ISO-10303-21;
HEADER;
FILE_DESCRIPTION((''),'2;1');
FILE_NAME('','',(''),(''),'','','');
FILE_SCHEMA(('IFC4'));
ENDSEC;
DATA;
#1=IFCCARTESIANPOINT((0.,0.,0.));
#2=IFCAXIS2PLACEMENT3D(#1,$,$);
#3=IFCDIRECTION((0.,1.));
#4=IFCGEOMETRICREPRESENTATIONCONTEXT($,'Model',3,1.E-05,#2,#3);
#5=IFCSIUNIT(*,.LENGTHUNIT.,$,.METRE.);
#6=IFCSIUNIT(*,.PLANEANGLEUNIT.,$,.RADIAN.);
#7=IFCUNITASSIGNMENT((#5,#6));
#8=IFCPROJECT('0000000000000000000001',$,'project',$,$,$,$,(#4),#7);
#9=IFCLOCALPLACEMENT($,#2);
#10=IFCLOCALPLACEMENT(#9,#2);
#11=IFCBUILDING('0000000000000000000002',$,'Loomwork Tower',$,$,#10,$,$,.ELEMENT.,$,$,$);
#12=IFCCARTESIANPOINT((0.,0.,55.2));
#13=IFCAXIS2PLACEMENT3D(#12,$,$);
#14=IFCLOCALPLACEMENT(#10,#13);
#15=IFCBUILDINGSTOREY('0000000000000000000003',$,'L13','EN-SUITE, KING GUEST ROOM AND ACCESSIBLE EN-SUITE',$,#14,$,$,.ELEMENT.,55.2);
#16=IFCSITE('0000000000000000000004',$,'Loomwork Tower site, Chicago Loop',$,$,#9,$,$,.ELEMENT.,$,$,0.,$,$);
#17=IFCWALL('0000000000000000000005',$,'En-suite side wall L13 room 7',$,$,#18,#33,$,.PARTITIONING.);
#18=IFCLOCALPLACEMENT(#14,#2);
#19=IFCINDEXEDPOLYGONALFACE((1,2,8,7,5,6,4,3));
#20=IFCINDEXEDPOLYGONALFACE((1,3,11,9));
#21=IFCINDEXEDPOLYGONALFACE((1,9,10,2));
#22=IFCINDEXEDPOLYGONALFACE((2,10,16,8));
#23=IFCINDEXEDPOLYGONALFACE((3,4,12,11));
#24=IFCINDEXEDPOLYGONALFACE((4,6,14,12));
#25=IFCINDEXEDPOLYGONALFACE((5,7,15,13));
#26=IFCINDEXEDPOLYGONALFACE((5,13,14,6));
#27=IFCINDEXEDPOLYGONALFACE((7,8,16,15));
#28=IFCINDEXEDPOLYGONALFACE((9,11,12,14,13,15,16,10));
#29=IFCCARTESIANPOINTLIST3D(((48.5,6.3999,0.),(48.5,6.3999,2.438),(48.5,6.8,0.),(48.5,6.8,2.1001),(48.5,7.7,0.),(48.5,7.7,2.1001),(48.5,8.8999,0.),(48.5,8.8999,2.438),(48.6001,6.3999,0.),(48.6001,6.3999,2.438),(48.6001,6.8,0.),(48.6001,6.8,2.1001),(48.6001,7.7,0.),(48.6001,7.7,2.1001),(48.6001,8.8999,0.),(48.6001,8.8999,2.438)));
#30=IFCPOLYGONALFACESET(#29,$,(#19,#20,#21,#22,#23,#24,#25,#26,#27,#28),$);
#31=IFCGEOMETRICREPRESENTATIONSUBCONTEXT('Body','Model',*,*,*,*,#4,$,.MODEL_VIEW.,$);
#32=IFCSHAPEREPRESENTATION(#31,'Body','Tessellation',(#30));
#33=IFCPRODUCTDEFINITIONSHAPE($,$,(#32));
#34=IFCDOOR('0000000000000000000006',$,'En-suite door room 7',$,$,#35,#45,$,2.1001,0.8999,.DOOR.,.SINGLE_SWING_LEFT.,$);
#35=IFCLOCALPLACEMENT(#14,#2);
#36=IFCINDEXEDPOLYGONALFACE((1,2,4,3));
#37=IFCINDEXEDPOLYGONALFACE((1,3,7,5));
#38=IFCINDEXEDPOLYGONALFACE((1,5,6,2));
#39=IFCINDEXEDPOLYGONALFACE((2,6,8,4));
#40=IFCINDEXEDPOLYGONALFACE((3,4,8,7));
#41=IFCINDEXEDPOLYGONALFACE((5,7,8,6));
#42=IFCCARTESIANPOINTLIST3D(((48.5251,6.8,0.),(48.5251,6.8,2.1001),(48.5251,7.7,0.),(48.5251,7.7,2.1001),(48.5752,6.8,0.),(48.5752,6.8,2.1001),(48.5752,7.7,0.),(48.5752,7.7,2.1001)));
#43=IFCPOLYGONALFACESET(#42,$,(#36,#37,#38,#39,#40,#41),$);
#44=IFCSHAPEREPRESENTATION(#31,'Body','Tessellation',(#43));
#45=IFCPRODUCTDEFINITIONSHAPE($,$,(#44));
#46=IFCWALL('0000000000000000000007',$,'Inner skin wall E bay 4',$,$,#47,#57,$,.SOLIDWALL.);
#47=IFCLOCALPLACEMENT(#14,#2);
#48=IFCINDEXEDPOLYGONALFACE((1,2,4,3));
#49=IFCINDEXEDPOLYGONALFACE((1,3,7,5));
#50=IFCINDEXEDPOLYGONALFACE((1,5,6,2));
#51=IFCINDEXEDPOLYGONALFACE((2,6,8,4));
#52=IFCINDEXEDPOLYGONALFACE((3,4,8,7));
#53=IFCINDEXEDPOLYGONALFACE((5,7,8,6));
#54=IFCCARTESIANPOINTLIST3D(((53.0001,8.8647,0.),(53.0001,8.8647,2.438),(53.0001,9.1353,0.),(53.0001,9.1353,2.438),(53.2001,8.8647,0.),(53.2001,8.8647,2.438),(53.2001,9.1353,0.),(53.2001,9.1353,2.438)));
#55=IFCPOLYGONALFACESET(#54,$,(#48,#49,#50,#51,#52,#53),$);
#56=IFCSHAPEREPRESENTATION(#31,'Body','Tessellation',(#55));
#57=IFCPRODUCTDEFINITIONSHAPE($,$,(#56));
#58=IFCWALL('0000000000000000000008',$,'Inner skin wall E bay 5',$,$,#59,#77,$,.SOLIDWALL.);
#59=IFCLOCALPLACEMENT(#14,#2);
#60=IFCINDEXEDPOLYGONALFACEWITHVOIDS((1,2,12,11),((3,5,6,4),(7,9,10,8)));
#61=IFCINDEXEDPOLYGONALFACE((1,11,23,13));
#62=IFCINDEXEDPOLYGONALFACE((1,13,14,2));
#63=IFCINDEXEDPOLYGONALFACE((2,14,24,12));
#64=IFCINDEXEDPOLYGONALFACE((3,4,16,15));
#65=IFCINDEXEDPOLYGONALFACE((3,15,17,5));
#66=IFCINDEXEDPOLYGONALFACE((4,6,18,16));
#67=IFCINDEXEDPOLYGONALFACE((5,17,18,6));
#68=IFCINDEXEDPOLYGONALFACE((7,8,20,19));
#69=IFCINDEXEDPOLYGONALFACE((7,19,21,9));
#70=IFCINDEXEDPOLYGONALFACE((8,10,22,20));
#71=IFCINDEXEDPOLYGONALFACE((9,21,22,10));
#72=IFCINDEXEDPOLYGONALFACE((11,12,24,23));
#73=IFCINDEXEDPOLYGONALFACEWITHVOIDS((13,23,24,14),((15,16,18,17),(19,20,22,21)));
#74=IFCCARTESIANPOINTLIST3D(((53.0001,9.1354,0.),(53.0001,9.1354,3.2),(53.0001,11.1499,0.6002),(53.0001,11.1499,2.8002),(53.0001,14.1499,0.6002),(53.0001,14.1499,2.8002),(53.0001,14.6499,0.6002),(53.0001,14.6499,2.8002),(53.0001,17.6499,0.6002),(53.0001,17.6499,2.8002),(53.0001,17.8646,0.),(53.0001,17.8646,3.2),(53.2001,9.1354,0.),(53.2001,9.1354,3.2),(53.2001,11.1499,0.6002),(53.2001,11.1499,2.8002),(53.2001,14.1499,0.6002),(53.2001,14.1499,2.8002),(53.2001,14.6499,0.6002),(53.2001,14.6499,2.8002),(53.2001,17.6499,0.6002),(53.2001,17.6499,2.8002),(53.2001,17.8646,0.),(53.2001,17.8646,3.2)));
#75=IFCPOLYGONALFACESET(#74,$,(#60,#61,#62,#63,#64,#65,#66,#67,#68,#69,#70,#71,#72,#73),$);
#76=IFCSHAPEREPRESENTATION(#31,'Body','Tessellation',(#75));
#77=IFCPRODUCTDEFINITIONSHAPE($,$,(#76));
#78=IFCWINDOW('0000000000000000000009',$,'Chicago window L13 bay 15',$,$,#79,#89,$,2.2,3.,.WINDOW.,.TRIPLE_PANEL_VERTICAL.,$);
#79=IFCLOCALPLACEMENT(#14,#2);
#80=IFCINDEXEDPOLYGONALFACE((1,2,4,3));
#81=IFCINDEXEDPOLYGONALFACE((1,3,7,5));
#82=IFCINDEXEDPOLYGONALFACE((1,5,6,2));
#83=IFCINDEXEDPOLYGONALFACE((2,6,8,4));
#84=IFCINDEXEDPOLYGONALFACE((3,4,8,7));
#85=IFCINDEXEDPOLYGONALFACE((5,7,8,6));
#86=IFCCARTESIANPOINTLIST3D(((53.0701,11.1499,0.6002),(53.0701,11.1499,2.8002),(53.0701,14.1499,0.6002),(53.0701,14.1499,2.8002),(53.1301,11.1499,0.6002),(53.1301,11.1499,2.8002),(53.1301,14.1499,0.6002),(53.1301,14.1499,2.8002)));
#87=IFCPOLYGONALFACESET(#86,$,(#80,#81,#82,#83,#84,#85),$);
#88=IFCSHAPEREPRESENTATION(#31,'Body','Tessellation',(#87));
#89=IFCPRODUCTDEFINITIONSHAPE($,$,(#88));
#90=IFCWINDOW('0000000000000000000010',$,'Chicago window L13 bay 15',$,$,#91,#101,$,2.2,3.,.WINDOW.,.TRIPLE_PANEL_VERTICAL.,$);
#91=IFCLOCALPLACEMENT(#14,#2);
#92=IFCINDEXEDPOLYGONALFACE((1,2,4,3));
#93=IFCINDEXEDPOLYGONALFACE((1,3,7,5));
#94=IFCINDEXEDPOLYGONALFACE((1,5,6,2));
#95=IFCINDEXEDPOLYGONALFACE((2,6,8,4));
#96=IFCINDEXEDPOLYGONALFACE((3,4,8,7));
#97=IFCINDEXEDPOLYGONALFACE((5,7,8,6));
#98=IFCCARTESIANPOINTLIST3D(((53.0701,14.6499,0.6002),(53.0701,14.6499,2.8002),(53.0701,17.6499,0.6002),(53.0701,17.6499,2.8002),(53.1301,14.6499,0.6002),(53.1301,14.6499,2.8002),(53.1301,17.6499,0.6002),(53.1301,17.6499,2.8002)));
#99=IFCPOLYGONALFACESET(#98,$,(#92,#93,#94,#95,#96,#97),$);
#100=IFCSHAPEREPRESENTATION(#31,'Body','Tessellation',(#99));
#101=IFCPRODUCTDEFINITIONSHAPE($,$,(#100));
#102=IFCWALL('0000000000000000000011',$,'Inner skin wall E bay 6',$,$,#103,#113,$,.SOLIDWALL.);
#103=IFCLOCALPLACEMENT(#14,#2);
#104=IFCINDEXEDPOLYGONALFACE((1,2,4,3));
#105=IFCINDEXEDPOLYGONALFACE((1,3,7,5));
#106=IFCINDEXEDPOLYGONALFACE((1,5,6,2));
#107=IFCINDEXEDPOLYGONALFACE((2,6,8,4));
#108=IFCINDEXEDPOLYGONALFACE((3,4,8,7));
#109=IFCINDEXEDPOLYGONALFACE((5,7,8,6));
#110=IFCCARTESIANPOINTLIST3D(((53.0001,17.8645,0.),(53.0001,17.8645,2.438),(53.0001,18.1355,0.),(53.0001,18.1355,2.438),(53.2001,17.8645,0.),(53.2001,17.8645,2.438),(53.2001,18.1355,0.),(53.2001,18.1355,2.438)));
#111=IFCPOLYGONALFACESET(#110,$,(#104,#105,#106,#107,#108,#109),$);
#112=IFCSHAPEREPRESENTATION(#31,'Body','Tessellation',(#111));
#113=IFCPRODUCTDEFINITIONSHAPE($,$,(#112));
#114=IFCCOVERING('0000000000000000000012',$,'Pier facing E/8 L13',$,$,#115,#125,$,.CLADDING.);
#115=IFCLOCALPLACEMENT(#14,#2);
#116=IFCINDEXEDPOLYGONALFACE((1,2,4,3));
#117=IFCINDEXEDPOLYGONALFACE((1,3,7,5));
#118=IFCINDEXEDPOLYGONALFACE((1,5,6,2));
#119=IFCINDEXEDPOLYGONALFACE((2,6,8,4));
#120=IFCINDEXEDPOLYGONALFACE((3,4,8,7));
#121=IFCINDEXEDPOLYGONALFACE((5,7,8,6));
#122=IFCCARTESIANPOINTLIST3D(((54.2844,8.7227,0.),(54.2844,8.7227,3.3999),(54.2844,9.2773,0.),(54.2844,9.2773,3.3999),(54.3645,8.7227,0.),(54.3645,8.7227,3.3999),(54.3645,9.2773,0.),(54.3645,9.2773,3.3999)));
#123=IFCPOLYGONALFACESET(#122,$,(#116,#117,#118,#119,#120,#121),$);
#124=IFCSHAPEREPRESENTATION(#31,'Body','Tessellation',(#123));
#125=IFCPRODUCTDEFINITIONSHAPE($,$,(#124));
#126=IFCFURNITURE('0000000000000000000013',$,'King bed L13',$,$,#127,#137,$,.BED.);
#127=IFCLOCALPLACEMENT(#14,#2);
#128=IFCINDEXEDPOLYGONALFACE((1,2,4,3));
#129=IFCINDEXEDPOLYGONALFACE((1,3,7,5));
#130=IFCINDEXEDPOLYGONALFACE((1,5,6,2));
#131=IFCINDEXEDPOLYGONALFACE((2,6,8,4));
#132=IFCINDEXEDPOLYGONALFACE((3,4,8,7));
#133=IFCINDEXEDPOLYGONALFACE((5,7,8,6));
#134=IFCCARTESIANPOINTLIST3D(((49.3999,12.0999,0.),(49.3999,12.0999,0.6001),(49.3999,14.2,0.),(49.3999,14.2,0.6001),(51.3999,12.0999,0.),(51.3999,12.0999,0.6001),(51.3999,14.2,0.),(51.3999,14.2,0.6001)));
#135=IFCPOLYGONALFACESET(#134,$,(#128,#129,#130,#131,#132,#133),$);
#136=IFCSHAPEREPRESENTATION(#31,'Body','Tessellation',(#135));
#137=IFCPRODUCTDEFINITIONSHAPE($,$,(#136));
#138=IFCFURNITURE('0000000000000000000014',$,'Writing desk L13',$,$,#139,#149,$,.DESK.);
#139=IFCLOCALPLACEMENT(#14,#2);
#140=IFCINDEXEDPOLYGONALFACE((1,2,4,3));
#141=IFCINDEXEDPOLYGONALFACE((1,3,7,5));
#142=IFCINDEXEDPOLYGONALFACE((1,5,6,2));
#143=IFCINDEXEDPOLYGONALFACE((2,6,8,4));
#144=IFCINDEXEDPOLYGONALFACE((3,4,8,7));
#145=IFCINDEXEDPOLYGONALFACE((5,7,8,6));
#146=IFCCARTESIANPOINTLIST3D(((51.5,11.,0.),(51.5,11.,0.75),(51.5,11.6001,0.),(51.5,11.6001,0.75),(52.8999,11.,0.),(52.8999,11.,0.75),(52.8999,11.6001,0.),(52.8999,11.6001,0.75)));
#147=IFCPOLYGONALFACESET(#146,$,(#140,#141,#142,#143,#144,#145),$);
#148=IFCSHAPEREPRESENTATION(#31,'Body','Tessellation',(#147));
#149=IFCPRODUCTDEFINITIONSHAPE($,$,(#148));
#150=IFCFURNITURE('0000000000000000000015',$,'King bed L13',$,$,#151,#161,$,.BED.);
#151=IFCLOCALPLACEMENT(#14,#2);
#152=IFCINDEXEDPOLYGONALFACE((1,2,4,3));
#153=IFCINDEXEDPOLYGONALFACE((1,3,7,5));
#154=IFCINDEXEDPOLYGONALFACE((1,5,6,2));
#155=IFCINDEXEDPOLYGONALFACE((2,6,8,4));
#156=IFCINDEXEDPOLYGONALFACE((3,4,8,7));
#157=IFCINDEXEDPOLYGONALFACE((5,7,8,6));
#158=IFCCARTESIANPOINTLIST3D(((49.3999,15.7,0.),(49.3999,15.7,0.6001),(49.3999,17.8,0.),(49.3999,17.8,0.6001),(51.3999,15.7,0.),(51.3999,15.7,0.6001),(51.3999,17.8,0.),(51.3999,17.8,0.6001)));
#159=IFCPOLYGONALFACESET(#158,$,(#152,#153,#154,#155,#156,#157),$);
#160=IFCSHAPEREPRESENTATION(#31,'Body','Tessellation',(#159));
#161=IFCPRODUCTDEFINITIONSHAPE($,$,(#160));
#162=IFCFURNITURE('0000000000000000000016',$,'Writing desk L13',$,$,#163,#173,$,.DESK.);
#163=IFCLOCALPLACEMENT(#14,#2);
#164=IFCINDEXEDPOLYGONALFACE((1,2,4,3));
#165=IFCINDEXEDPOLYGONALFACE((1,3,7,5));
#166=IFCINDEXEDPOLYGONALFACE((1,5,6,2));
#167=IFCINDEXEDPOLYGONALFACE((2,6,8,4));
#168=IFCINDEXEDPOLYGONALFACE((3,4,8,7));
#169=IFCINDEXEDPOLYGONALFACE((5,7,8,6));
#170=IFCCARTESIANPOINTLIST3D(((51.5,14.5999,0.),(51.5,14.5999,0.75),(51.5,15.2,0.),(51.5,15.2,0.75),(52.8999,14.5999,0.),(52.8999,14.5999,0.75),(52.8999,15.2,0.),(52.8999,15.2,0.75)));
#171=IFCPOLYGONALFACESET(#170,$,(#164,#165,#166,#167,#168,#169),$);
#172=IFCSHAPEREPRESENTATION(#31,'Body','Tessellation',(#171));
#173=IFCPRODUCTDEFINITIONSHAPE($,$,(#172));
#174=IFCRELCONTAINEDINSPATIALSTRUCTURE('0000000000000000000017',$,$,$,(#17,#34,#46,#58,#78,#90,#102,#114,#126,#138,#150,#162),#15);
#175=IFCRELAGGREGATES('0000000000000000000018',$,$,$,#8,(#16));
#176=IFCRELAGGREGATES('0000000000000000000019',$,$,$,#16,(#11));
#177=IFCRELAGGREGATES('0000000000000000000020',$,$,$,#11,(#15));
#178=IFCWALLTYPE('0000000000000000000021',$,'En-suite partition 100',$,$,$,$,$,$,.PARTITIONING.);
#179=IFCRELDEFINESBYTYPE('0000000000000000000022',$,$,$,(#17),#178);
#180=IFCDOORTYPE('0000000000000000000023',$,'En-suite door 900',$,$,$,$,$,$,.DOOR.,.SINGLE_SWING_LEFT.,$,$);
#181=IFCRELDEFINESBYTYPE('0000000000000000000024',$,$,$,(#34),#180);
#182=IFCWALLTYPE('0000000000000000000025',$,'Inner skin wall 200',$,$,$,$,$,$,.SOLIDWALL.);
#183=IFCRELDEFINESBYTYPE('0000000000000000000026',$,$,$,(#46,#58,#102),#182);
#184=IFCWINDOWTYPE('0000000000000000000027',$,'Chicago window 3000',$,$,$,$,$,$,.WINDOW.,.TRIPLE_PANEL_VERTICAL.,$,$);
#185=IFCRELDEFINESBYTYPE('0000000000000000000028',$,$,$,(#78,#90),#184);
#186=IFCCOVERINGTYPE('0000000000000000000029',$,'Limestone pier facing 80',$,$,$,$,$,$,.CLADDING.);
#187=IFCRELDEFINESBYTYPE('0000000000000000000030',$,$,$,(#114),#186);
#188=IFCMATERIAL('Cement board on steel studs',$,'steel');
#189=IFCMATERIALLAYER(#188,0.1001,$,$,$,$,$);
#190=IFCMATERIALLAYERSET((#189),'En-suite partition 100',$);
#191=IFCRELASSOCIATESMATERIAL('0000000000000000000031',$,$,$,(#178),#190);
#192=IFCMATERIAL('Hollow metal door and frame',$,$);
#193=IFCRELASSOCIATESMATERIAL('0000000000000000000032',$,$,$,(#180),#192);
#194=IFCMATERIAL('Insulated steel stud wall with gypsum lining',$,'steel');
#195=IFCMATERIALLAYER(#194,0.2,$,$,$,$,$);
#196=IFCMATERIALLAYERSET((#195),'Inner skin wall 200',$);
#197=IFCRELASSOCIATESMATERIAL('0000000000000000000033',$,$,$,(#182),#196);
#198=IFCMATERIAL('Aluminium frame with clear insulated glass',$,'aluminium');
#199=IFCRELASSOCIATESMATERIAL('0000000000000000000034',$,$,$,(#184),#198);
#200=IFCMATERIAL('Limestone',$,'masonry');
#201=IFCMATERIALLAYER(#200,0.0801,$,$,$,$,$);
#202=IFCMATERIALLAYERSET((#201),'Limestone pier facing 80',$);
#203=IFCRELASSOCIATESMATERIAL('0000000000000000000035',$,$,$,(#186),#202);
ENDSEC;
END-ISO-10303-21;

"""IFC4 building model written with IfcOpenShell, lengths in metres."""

from ifc_helpers import new_model, si_unit, direction, frame, frame_2d, origin, origin_2d, place, context, subcontext, project, spatial, rectangle, extrude, material, layer, layer_set, type_object, element, fill, save


model = new_model("IFC4")

# Units and contexts
model_context = context("Model", 3, precision=1e-05, world=origin(), true_north=direction((0.0, 1.0)))
body_context = subcontext(model_context, "Body", "Model", "MODEL_VIEW")
ifc_project = project(units=[si_unit("LENGTHUNIT", "METRE"), si_unit("PLANEANGLEUNIT", "RADIAN")], contexts=[model_context])

# Site, building, storey
site_placement = place(None, origin())
site = spatial("IfcSite", under=ifc_project, at=site_placement, Name="Loomwork Tower site, Chicago Loop", CompositionType="ELEMENT", RefElevation=0.0)
building_placement = place(site_placement, origin())
building = spatial("IfcBuilding", under=site, at=building_placement, Name="Loomwork Tower", CompositionType="ELEMENT")
storey_placement = place(building_placement, frame((0.0, 0.0, 55.2)))
storey = spatial("IfcBuildingStorey", under=building, at=storey_placement, Name="L13", Description="EN-SUITE, KING GUEST ROOM AND ACCESSIBLE EN-SUITE", CompositionType="ELEMENT", Elevation=55.2)

# Wall, opening, door
ifc_material_1 = material(Name="Cement board on steel studs", Category="steel")
ifc_layer_1 = layer(ifc_material_1, 0.1001)
ifc_layer_set_1 = layer_set([ifc_layer_1], Name="En-suite partition 100")
wall_type_1 = type_object("IfcWallType", Name="En-suite partition 100", PredefinedType="PARTITIONING", material=ifc_layer_set_1)
wall_1_placement = place(storey_placement, frame((48.55, 8.8999, 0.0), z_axis=(0.0, 0.0, 1.0), x_axis=(0.0, -1.0, 0.0)))
wall_1 = element("IfcWall", 1, at=wall_1_placement, inside=storey, type_object=wall_type_1, Name="En-suite side wall L13 room 7", PredefinedType="PARTITIONING", context=body_context, shape_type="SweptSolid", body=[
    extrude(rectangle(XDim=2.5, YDim=0.1001, at=frame_2d((1.25, 0.0))), origin(), (0.0, 0.0, 1.0), 2.438),
])
opening_1_placement = place(wall_1_placement, frame((1.2, 0.0, 0.0)))
opening_1 = element("IfcOpeningElement", 2, at=opening_1_placement, cuts=wall_1, PredefinedType="OPENING", context=body_context, shape_type="SweptSolid", body=[
    extrude(rectangle(XDim=0.8999, YDim=2.1001, at=frame_2d((0.45, 1.05))), frame((0.0, 0.0601, 0.0), z_axis=(0.0, -1.0, 0.0), x_axis=(1.0, 0.0, 0.0)), (0.0, 0.0, 1.0), 0.1201),
])
ifc_material_2 = material(Name="Hollow metal door and frame")
door_type = type_object("IfcDoorType", Name="En-suite door 900", OperationType="SINGLE_SWING_LEFT", PredefinedType="DOOR", material=ifc_material_2)
door_placement = place(opening_1_placement, frame((0.8999, 0.0, 0.0), z_axis=(0.0, 0.0, 1.0), x_axis=(-1.0, 0.0, 0.0)))
door = element("IfcDoor", 3, at=door_placement, inside=storey, type_object=door_type, Name="En-suite door room 7", OperationType="SINGLE_SWING_LEFT", OverallHeight=2.1001, OverallWidth=0.8999, PredefinedType="DOOR", context=body_context, shape_type="SweptSolid", body=[
    extrude(rectangle(XDim=0.8999, YDim=2.1001, at=frame_2d((0.45, 1.05))), frame((0.0, 0.0249, 0.0), z_axis=(0.0, -1.0, 0.0), x_axis=(1.0, 0.0, 0.0)), (0.0, 0.0, 1.0), 0.05),
])
fill(opening_1, door)

# Wall
ifc_material_3 = material(Name="Insulated steel stud wall with gypsum lining", Category="steel")
ifc_layer_2 = layer(ifc_material_3, 0.2)
ifc_layer_set_2 = layer_set([ifc_layer_2], Name="Inner skin wall 200")
wall_type_2 = type_object("IfcWallType", Name="Inner skin wall 200", PredefinedType="SOLIDWALL", material=ifc_layer_set_2)
wall_2_placement = place(storey_placement, frame((53.1001, 8.8647, 0.0), z_axis=(0.0, 0.0, 1.0), x_axis=(0.0, 1.0, 0.0)))
element("IfcWall", 4, at=wall_2_placement, inside=storey, type_object=wall_type_2, Name="Inner skin wall E bay 4", PredefinedType="SOLIDWALL", context=body_context, shape_type="SweptSolid", body=[
    extrude(rectangle(XDim=0.2705, YDim=0.2, at=frame_2d((0.1353, 0.0))), origin(), (0.0, 0.0, 1.0), 2.438),
])

# Wall, openings, windows
wall_3_placement = place(storey_placement, frame((53.1001, 9.1353, 0.0), z_axis=(0.0, 0.0, 1.0), x_axis=(0.0, 1.0, 0.0)))
wall_3 = element("IfcWall", 5, at=wall_3_placement, inside=storey, type_object=wall_type_2, Name="Inner skin wall E bay 5", PredefinedType="SOLIDWALL", context=body_context, shape_type="SweptSolid", body=[
    extrude(rectangle(XDim=8.7292, YDim=0.2, at=frame_2d((4.3647, 0.0))), origin(), (0.0, 0.0, 1.0), 3.2),
])
opening_2_placement = place(wall_3_placement, frame((2.0146, 0.0, 0.6001)))
opening_2 = element("IfcOpeningElement", 6, at=opening_2_placement, cuts=wall_3, PredefinedType="OPENING", context=body_context, shape_type="SweptSolid", body=[
    extrude(rectangle(XDim=3.0, YDim=2.2, at=frame_2d((1.5, 1.1001))), frame((0.0, 0.1099, 0.0), z_axis=(0.0, -1.0, 0.0), x_axis=(1.0, 0.0, 0.0)), (0.0, 0.0, 1.0), 0.22),
])
opening_3_placement = place(wall_3_placement, frame((5.5146, 0.0, 0.6001)))
opening_3 = element("IfcOpeningElement", 7, at=opening_3_placement, cuts=wall_3, PredefinedType="OPENING", context=body_context, shape_type="SweptSolid", body=[
    extrude(rectangle(XDim=3.0, YDim=2.2, at=frame_2d((1.5, 1.1001))), frame((0.0, 0.1099, 0.0), z_axis=(0.0, -1.0, 0.0), x_axis=(1.0, 0.0, 0.0)), (0.0, 0.0, 1.0), 0.22),
])
ifc_material_4 = material(Name="Aluminium frame with clear insulated glass", Category="aluminium")
window_type = type_object("IfcWindowType", Name="Chicago window 3000", PartitioningType="TRIPLE_PANEL_VERTICAL", PredefinedType="WINDOW", material=ifc_material_4)
window_1_placement = place(opening_2_placement, origin())
window_1 = element("IfcWindow", 8, at=window_1_placement, inside=storey, type_object=window_type, Name="Chicago window L13 bay 15", OverallHeight=2.2, OverallWidth=3.0, PartitioningType="TRIPLE_PANEL_VERTICAL", PredefinedType="WINDOW", context=body_context, shape_type="SweptSolid", body=[
    extrude(rectangle(XDim=3.0, YDim=2.2, at=frame_2d((1.5, 1.1001))), frame((0.0, 0.03, 0.0), z_axis=(0.0, -1.0, 0.0), x_axis=(1.0, 0.0, 0.0)), (0.0, 0.0, 1.0), 0.0601),
])
fill(opening_2, window_1)
window_2_placement = place(opening_3_placement, origin())
window_2 = element("IfcWindow", 9, at=window_2_placement, inside=storey, type_object=window_type, Name="Chicago window L13 bay 15", OverallHeight=2.2, OverallWidth=3.0, PartitioningType="TRIPLE_PANEL_VERTICAL", PredefinedType="WINDOW", context=body_context, shape_type="SweptSolid", body=[
    extrude(rectangle(XDim=3.0, YDim=2.2, at=frame_2d((1.5, 1.1001))), frame((0.0, 0.03, 0.0), z_axis=(0.0, -1.0, 0.0), x_axis=(1.0, 0.0, 0.0)), (0.0, 0.0, 1.0), 0.0601),
])
fill(opening_3, window_2)

# Wall
wall_4_placement = place(storey_placement, frame((53.1001, 17.8645, 0.0), z_axis=(0.0, 0.0, 1.0), x_axis=(0.0, 1.0, 0.0)))
element("IfcWall", 10, at=wall_4_placement, inside=storey, type_object=wall_type_2, Name="Inner skin wall E bay 6", PredefinedType="SOLIDWALL", context=body_context, shape_type="SweptSolid", body=[
    extrude(rectangle(XDim=0.271, YDim=0.2, at=frame_2d((0.1355, 0.0))), origin(), (0.0, 0.0, 1.0), 2.438),
])

# Covering
ifc_material_5 = material(Name="Limestone", Category="masonry")
ifc_layer_3 = layer(ifc_material_5, 0.0801)
ifc_layer_set_3 = layer_set([ifc_layer_3], Name="Limestone pier facing 80")
covering_type = type_object("IfcCoveringType", Name="Limestone pier facing 80", PredefinedType="CLADDING", material=ifc_layer_set_3)
covering_placement = place(storey_placement, frame((54.3245, 9.0, 0.0), z_axis=(0.0, 0.0, 1.0), x_axis=(1.0, 0.0, 0.0)))
element("IfcCovering", 11, at=covering_placement, inside=storey, type_object=covering_type, Name="Pier facing E/8 L13", PredefinedType="CLADDING", context=body_context, shape_type="SweptSolid", body=[
    extrude(rectangle(XDim=0.0801, YDim=0.5547, at=origin_2d()), origin(), (0.0, 0.0, 1.0), 3.3999),
])

# Furniture
furniture_1_placement = place(storey_placement, frame((50.3999, 13.1499, 0.0), z_axis=(0.0, 0.0, 1.0), x_axis=(1.0, 0.0, 0.0)))
element("IfcFurniture", 12, at=furniture_1_placement, inside=storey, Name="King bed L13", PredefinedType="BED", context=body_context, shape_type="SweptSolid", body=[
    extrude(rectangle(XDim=2.0, YDim=2.1001, at=origin_2d()), origin(), (0.0, 0.0, 1.0), 0.6001),
])
furniture_2_placement = place(storey_placement, frame((52.2, 11.3, 0.0), z_axis=(0.0, 0.0, 1.0), x_axis=(1.0, 0.0, 0.0)))
element("IfcFurniture", 13, at=furniture_2_placement, inside=storey, Name="Writing desk L13", PredefinedType="DESK", context=body_context, shape_type="SweptSolid", body=[
    extrude(rectangle(XDim=1.3999, YDim=0.6001, at=origin_2d()), origin(), (0.0, 0.0, 1.0), 0.75),
])
furniture_3_placement = place(storey_placement, frame((50.3999, 16.75, 0.0), z_axis=(0.0, 0.0, 1.0), x_axis=(1.0, 0.0, 0.0)))
element("IfcFurniture", 14, at=furniture_3_placement, inside=storey, Name="King bed L13", PredefinedType="BED", context=body_context, shape_type="SweptSolid", body=[
    extrude(rectangle(XDim=2.0, YDim=2.1001, at=origin_2d()), origin(), (0.0, 0.0, 1.0), 0.6001),
])
furniture_4_placement = place(storey_placement, frame((52.2, 14.8999, 0.0), z_axis=(0.0, 0.0, 1.0), x_axis=(1.0, 0.0, 0.0)))
element("IfcFurniture", 15, at=furniture_4_placement, inside=storey, Name="Writing desk L13", PredefinedType="DESK", context=body_context, shape_type="SweptSolid", body=[
    extrude(rectangle(XDim=1.3999, YDim=0.6001, at=origin_2d()), origin(), (0.0, 0.0, 1.0), 0.75),
])

save(model, "model.ifc")
